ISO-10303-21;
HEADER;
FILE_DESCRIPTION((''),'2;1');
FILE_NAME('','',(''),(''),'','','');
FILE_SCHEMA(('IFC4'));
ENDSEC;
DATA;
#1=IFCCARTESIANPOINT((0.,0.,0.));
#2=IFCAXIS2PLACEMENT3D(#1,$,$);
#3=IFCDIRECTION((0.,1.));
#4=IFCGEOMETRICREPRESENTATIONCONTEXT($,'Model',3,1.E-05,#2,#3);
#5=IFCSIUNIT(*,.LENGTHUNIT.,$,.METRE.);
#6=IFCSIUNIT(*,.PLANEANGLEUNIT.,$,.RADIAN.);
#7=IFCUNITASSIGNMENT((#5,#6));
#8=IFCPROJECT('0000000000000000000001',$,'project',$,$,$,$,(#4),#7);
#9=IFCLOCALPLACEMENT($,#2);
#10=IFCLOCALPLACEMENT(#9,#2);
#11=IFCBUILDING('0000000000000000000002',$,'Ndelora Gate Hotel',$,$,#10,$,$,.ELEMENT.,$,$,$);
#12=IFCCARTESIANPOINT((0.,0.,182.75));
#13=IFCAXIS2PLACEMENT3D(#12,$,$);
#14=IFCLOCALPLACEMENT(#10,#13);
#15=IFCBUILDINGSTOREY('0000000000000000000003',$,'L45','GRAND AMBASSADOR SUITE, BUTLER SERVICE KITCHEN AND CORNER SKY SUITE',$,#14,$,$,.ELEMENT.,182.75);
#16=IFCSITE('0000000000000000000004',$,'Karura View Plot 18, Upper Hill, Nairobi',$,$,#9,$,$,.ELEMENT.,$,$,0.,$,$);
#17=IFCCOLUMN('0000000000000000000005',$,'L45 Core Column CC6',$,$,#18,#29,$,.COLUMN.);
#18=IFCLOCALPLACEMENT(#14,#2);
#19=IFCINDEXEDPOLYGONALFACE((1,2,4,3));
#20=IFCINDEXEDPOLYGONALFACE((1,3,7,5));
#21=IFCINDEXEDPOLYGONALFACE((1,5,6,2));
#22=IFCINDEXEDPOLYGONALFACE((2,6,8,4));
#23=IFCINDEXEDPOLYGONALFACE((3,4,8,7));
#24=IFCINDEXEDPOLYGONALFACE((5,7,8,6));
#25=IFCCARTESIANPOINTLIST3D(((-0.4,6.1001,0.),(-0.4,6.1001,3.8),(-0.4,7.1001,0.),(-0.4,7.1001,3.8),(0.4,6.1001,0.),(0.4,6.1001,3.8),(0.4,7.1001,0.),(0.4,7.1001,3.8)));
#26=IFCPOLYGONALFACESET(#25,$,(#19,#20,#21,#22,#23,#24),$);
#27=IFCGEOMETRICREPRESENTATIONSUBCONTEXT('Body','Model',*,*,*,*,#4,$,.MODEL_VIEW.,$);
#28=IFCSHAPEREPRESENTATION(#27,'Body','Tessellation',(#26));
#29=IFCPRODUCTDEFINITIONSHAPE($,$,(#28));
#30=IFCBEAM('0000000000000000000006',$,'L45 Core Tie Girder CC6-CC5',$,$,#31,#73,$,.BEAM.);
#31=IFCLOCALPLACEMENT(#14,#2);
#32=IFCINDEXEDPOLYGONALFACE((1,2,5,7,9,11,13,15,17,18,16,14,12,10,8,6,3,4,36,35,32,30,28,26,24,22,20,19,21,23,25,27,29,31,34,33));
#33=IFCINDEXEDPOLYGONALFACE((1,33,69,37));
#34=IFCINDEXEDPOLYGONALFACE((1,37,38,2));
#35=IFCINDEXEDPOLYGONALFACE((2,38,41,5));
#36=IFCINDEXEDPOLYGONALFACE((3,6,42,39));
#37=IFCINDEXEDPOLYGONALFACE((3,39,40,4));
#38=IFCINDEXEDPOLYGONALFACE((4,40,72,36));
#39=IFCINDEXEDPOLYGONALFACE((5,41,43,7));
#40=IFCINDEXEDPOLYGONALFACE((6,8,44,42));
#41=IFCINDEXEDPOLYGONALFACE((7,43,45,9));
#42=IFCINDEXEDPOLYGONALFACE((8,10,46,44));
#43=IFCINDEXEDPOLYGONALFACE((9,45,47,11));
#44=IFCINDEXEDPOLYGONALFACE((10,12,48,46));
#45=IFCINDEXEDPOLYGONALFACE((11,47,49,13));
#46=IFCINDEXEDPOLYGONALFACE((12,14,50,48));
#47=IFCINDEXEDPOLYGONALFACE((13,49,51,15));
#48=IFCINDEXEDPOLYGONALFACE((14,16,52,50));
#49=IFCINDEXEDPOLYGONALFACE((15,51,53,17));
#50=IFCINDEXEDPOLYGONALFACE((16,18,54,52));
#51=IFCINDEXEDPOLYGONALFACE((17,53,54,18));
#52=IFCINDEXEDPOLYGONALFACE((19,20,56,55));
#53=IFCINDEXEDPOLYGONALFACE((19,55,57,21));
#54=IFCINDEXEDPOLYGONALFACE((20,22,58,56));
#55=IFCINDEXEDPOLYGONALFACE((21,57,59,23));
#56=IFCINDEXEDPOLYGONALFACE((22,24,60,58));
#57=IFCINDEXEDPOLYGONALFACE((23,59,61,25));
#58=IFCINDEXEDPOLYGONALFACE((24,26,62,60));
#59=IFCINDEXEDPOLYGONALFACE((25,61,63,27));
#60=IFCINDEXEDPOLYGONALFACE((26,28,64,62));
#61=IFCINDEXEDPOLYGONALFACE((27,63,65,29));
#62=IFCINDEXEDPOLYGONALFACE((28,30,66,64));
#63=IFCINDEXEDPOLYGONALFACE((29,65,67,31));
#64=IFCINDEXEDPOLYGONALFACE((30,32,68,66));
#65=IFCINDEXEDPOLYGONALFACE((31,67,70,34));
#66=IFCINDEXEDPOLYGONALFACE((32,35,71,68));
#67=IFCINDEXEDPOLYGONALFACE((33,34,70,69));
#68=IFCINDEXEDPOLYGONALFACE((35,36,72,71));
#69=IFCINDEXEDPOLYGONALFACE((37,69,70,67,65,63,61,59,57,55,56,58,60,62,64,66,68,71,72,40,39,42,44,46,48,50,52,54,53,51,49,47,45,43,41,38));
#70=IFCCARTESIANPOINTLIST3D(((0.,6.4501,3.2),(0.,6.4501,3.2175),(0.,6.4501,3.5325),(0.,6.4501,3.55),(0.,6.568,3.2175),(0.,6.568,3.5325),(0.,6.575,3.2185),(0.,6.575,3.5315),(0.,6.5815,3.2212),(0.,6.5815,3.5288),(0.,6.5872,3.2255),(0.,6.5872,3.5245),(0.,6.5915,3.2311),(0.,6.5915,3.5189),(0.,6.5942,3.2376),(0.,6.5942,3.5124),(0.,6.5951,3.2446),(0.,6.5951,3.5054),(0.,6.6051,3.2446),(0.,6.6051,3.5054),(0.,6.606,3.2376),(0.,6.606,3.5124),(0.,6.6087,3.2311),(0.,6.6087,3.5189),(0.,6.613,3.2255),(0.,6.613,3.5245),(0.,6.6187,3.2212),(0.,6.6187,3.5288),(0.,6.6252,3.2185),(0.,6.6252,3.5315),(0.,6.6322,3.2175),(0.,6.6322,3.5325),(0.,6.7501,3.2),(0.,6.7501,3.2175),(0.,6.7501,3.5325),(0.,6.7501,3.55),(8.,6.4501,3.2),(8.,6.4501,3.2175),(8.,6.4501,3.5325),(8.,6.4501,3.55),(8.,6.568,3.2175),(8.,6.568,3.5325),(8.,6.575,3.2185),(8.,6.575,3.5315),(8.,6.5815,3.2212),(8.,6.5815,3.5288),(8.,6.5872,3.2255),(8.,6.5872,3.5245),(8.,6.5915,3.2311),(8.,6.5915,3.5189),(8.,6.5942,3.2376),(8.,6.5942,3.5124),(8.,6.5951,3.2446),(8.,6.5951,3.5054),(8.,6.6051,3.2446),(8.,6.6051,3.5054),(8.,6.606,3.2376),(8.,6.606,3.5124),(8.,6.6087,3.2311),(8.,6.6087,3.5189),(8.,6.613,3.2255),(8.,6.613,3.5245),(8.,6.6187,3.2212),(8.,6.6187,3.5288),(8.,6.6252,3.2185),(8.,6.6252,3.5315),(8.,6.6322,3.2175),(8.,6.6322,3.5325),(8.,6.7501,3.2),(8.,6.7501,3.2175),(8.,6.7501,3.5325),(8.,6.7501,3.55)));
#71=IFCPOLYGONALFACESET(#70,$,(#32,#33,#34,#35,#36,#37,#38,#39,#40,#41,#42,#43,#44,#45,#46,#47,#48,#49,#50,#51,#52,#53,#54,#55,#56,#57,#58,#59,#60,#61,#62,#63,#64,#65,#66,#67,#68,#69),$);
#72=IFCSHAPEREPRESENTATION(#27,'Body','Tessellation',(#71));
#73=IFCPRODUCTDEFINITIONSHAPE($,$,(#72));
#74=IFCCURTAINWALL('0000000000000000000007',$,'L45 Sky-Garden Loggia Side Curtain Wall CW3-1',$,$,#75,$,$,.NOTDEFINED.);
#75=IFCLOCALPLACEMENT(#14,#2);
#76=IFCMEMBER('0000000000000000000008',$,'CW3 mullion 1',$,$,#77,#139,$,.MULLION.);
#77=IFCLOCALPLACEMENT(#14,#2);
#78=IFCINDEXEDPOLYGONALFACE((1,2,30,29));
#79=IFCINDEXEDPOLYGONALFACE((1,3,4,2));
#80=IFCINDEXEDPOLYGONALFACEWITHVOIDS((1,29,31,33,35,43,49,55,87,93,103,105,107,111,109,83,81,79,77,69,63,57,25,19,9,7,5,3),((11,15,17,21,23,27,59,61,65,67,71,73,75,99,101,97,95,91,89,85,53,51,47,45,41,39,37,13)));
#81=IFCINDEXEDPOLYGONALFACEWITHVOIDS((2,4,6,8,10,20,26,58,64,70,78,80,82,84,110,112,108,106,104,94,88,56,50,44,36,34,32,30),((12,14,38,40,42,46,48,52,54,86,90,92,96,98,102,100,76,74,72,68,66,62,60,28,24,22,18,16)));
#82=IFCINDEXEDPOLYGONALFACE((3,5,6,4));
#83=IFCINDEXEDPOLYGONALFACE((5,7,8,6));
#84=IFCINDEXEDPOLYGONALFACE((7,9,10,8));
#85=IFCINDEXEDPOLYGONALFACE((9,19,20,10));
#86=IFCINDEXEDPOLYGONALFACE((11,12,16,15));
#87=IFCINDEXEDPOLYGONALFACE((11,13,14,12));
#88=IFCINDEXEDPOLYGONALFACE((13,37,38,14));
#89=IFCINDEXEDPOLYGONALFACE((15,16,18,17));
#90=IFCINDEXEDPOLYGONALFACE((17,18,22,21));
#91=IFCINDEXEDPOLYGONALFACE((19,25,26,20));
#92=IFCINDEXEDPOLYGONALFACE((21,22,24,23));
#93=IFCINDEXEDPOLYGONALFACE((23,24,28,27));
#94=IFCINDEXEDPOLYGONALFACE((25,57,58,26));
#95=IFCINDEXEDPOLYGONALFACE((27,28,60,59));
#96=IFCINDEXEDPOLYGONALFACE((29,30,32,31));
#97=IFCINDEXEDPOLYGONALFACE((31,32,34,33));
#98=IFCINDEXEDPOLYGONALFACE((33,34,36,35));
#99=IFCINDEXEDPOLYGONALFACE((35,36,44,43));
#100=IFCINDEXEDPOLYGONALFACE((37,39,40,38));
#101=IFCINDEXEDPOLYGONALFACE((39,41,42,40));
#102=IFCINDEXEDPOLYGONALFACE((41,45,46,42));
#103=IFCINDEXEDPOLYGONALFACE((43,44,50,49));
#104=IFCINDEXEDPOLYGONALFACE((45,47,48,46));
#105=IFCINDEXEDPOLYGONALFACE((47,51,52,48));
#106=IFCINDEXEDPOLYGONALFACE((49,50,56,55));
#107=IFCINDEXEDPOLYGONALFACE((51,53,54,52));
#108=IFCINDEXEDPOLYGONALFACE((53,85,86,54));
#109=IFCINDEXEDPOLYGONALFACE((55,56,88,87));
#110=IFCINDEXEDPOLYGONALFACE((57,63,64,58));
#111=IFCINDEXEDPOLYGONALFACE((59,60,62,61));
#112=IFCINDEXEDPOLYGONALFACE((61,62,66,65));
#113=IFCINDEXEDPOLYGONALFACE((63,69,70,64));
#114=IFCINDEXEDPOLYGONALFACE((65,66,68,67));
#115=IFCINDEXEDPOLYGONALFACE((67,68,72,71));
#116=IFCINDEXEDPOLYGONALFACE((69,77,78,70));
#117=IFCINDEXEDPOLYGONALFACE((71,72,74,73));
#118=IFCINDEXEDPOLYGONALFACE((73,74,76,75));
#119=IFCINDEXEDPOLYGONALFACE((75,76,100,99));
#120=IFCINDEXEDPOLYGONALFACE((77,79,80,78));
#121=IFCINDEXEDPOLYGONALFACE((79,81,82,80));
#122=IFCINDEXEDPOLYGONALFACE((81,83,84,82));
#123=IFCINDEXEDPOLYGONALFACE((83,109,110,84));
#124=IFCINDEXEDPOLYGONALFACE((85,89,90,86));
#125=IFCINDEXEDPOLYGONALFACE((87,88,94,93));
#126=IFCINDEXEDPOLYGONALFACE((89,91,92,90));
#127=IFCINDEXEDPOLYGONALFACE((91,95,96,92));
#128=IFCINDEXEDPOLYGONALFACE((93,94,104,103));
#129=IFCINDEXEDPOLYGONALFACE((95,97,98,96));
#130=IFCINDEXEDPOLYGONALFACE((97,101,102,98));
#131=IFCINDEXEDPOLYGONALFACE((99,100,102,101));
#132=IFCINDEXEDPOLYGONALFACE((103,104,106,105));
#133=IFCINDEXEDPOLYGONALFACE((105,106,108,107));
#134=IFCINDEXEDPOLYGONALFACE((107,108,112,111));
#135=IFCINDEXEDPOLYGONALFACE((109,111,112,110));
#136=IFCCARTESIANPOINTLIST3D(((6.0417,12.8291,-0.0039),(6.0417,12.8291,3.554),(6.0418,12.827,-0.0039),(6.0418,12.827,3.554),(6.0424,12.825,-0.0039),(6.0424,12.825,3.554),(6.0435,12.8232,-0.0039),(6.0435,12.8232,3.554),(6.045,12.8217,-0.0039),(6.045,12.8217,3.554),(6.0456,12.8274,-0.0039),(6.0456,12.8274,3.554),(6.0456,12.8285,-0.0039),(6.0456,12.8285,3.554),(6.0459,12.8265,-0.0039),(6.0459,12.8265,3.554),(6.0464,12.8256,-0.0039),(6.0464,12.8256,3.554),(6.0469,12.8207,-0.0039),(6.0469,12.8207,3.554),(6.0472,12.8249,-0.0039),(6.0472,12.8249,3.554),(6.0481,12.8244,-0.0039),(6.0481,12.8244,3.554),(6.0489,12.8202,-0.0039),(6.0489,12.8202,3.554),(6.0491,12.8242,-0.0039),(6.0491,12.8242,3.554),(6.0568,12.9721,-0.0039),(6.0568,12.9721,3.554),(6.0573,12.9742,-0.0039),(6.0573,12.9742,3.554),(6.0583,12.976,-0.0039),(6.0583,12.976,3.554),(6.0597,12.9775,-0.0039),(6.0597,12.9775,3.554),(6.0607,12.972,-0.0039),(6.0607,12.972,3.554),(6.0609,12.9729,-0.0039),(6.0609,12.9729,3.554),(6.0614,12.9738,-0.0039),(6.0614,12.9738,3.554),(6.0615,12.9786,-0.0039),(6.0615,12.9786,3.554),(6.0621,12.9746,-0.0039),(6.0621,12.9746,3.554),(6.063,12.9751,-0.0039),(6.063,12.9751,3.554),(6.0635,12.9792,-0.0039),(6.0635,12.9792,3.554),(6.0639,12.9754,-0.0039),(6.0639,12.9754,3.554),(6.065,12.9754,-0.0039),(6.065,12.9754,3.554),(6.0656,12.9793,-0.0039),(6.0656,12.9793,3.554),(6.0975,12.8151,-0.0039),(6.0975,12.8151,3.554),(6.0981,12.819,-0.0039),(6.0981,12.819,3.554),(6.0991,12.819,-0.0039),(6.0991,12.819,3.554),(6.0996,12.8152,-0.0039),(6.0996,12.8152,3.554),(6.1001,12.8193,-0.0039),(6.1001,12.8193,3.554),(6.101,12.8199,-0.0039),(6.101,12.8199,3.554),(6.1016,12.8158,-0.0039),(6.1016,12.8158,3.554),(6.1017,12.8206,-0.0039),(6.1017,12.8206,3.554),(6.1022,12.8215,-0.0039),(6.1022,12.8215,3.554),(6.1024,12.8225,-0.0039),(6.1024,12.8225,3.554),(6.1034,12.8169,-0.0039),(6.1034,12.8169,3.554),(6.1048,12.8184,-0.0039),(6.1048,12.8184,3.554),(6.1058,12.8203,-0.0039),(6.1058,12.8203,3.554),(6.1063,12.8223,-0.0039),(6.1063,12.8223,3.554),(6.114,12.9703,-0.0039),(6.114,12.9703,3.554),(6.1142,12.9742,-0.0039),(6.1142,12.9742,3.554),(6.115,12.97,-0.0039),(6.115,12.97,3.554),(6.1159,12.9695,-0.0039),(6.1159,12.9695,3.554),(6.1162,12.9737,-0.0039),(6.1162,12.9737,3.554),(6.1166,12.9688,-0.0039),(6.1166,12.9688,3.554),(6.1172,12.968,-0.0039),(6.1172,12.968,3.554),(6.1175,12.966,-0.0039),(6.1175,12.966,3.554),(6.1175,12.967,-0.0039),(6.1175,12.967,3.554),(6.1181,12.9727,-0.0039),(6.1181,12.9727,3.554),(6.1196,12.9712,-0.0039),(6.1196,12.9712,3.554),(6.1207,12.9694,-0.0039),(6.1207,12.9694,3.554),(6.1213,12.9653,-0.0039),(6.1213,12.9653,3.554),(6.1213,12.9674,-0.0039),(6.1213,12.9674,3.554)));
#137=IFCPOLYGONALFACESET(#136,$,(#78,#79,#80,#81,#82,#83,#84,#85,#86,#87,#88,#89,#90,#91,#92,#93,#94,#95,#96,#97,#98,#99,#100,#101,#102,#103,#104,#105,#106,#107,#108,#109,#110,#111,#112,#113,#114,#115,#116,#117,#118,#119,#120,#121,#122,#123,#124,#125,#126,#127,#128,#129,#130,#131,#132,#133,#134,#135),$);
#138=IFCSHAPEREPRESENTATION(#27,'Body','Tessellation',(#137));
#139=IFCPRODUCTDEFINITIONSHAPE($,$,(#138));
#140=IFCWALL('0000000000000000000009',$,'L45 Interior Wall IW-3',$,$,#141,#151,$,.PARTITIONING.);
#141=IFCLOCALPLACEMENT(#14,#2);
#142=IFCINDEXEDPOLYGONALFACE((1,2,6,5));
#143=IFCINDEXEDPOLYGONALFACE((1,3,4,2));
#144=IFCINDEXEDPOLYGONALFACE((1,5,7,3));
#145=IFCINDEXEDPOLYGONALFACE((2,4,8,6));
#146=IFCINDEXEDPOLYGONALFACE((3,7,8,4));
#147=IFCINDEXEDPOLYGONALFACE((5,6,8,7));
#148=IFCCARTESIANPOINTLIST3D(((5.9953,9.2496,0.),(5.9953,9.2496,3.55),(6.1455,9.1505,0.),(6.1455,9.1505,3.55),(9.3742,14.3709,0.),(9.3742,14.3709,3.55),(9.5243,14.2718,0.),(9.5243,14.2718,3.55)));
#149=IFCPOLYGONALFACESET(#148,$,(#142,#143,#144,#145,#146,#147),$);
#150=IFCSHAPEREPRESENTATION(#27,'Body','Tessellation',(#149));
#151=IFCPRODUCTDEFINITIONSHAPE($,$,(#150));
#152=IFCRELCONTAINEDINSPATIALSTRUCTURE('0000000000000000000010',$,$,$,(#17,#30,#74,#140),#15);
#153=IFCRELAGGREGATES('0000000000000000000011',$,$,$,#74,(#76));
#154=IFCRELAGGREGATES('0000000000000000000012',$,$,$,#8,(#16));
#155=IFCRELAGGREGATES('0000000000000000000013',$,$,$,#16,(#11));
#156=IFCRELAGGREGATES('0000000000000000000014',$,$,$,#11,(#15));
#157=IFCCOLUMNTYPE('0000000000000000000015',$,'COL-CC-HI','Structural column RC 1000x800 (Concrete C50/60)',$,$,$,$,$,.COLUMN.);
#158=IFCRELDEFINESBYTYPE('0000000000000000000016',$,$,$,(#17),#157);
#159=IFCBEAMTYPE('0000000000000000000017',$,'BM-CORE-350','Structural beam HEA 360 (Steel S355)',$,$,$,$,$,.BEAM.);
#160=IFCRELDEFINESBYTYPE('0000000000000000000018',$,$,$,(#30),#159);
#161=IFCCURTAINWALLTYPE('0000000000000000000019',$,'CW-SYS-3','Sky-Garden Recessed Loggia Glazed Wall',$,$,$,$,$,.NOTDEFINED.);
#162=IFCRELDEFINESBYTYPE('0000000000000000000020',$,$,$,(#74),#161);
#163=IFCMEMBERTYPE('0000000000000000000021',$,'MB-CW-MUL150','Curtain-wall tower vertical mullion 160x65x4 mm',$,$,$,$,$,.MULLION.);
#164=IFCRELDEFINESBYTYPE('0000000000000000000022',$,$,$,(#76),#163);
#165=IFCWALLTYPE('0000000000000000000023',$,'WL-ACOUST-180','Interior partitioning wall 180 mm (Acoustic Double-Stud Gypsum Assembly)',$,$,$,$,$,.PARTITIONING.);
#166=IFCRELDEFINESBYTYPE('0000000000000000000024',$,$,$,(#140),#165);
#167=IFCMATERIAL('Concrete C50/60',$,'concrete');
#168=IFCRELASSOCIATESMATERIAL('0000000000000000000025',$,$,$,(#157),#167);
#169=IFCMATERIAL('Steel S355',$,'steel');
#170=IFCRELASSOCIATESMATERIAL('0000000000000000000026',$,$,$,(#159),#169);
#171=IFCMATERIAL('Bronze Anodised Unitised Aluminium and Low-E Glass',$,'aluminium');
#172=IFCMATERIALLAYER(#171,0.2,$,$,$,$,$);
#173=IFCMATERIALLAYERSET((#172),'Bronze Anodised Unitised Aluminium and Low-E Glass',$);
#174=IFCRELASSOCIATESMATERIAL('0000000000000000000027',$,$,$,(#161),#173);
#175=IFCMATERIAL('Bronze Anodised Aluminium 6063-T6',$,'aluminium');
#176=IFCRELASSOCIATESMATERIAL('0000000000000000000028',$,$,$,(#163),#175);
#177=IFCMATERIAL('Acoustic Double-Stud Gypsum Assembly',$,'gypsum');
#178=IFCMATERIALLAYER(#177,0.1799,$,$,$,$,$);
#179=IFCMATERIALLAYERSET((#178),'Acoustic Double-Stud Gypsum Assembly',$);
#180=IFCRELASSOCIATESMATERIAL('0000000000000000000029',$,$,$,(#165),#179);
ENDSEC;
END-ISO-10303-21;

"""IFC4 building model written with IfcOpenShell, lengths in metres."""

from ifc_helpers import new_model, si_unit, direction, frame, frame_2d, origin, origin_2d, place, context, subcontext, project, spatial, rectangle, hollow_rectangle, i_section, extrude, material, layer, layer_set, material_profile, profile_set, type_object, element, aggregate, save


model = new_model("IFC4")

# Units and contexts
model_context = context("Model", 3, precision=1e-05, world=origin(), true_north=direction((0.0, 1.0)))
body_context = subcontext(model_context, "Body", "Model", "MODEL_VIEW")
ifc_project = project(units=[si_unit("LENGTHUNIT", "METRE"), si_unit("PLANEANGLEUNIT", "RADIAN")], contexts=[model_context])

# Site, building, storey
site_placement = place(None, origin())
site = spatial("IfcSite", under=ifc_project, at=site_placement, Name="Karura View Plot 18, Upper Hill, Nairobi", CompositionType="ELEMENT", RefElevation=0.0)
building_placement = place(site_placement, origin())
building = spatial("IfcBuilding", under=site, at=building_placement, Name="Ndelora Gate Hotel", CompositionType="ELEMENT")
storey_placement = place(building_placement, frame((0.0, 0.0, 182.75)))
storey = spatial("IfcBuildingStorey", under=building, at=storey_placement, Name="L45", Description="GRAND AMBASSADOR SUITE, BUTLER SERVICE KITCHEN AND CORNER SKY SUITE", CompositionType="ELEMENT", Elevation=182.75)

# Column
ifc_material_1 = material(Name="Concrete C50/60", Category="concrete")
ifc_material_profile_1 = material_profile(ifc_material_1, rectangle(XDim=0.8, YDim=1.0, at=origin_2d()), Name="RC 1000x800")
ifc_profile_set_1 = profile_set([ifc_material_profile_1], Name="Concrete C50/60")
column_type = type_object("IfcColumnType", Name="COL-CC-HI", Description="Structural column RC 1000x800 (Concrete C50/60)", PredefinedType="COLUMN", material=ifc_profile_set_1)
column_placement = place(storey_placement, frame((0.0, 6.6001, 0.0), z_axis=(0.0, 0.0, 1.0), x_axis=(1.0, 0.0, 0.0)))
element("IfcColumn", 1, at=column_placement, inside=storey, type_object=column_type, Name="L45 Core Column CC6", PredefinedType="COLUMN", context=body_context, shape_type="SweptSolid", body=[
    extrude(rectangle(XDim=0.8, YDim=1.0, at=origin_2d()), origin(), (0.0, 0.0, 1.0), 3.8),
])

# Beam
ifc_material_2 = material(Name="Steel S355", Category="steel")
ifc_material_profile_2 = material_profile(ifc_material_2, i_section(OverallWidth=0.3, OverallDepth=0.3501, WebThickness=0.01, FlangeThickness=0.0176, FilletRadius=0.0271, at=origin_2d()), Name="HEA 360")
ifc_profile_set_2 = profile_set([ifc_material_profile_2], Name="Steel S355")
beam_type = type_object("IfcBeamType", Name="BM-CORE-350", Description="Structural beam HEA 360 (Steel S355)", PredefinedType="BEAM", material=ifc_profile_set_2)
beam_placement = place(storey_placement, frame((0.0, 6.6001, 3.375), z_axis=(1.0, 0.0, 0.0), x_axis=(0.0, 1.0, 0.0)))
element("IfcBeam", 2, at=beam_placement, inside=storey, type_object=beam_type, Name="L45 Core Tie Girder CC6-CC5", PredefinedType="BEAM", context=body_context, shape_type="SweptSolid", body=[
    extrude(i_section(OverallWidth=0.3, OverallDepth=0.3501, WebThickness=0.01, FlangeThickness=0.0176, FilletRadius=0.0271, at=origin_2d()), origin(), (0.0, 0.0, 1.0), 8.0),
])

# Curtain wall, member
ifc_material_3 = material(Name="Bronze Anodised Unitised Aluminium and Low-E Glass", Category="aluminium")
ifc_layer_1 = layer(ifc_material_3, 0.2)
ifc_layer_set_1 = layer_set([ifc_layer_1], Name="Bronze Anodised Unitised Aluminium and Low-E Glass")
curtain_wall_type = type_object("IfcCurtainWallType", Name="CW-SYS-3", Description="Sky-Garden Recessed Loggia Glazed Wall", PredefinedType="NOTDEFINED", material=ifc_layer_set_1)
curtain_wall_placement = place(storey_placement, origin())
curtain_wall = element("IfcCurtainWall", 3, at=curtain_wall_placement, inside=storey, type_object=curtain_wall_type, Name="L45 Sky-Garden Loggia Side Curtain Wall CW3-1", PredefinedType="NOTDEFINED")
ifc_material_4 = material(Name="Bronze Anodised Aluminium 6063-T6", Category="aluminium")
ifc_material_profile_3 = material_profile(ifc_material_4, hollow_rectangle(XDim=0.0649, YDim=0.1599, WallThickness=0.0039, InnerFilletRadius=0.0039, OuterFilletRadius=0.0081, at=origin_2d()), Name="ALU 160x65x4")
ifc_profile_set_3 = profile_set([ifc_material_profile_3], Name="Bronze Anodised Aluminium 6063-T6")
member_type = type_object("IfcMemberType", Name="MB-CW-MUL150", Description="Curtain-wall tower vertical mullion 160x65x4 mm", PredefinedType="MULLION", material=ifc_profile_set_3)
member_placement = place(storey_placement, frame((6.0815, 12.8972, -0.0039), z_axis=(0.0, 0.0, 1.0), x_axis=(-0.994525, 0.104498, 0.0)))
member = element("IfcMember", 4, at=member_placement, type_object=member_type, Name="CW3 mullion 1", PredefinedType="MULLION", context=body_context, shape_type="SweptSolid", body=[
    extrude(hollow_rectangle(XDim=0.0649, YDim=0.1599, WallThickness=0.0039, InnerFilletRadius=0.0039, OuterFilletRadius=0.0081, at=origin_2d()), origin(), (0.0, 0.0, 1.0), 3.5579),
])
aggregate(curtain_wall, [member])

# Wall
ifc_material_5 = material(Name="Acoustic Double-Stud Gypsum Assembly", Category="gypsum")
ifc_layer_2 = layer(ifc_material_5, 0.1799)
ifc_layer_set_2 = layer_set([ifc_layer_2], Name="Acoustic Double-Stud Gypsum Assembly")
wall_type_1 = type_object("IfcWallType", Name="WL-ACOUST-180", Description="Interior partitioning wall 180 mm (Acoustic Double-Stud Gypsum Assembly)", PredefinedType="PARTITIONING", material=ifc_layer_set_2)
wall_1_placement = place(storey_placement, frame((6.0703, 9.2, 0.0), z_axis=(0.0, 0.0, 1.0), x_axis=(0.550709, 0.834698, 0.0)))
element("IfcWall", 5, at=wall_1_placement, inside=storey, type_object=wall_type_1, Name="L45 Interior Wall IW-3", PredefinedType="PARTITIONING", context=body_context, shape_type="SweptSolid", body=[
    extrude(rectangle(XDim=6.1355, YDim=0.1799, at=frame_2d((3.0679, 0.0))), origin(), (0.0, 0.0, 1.0), 3.55),
])

save(model, "model.ifc")
